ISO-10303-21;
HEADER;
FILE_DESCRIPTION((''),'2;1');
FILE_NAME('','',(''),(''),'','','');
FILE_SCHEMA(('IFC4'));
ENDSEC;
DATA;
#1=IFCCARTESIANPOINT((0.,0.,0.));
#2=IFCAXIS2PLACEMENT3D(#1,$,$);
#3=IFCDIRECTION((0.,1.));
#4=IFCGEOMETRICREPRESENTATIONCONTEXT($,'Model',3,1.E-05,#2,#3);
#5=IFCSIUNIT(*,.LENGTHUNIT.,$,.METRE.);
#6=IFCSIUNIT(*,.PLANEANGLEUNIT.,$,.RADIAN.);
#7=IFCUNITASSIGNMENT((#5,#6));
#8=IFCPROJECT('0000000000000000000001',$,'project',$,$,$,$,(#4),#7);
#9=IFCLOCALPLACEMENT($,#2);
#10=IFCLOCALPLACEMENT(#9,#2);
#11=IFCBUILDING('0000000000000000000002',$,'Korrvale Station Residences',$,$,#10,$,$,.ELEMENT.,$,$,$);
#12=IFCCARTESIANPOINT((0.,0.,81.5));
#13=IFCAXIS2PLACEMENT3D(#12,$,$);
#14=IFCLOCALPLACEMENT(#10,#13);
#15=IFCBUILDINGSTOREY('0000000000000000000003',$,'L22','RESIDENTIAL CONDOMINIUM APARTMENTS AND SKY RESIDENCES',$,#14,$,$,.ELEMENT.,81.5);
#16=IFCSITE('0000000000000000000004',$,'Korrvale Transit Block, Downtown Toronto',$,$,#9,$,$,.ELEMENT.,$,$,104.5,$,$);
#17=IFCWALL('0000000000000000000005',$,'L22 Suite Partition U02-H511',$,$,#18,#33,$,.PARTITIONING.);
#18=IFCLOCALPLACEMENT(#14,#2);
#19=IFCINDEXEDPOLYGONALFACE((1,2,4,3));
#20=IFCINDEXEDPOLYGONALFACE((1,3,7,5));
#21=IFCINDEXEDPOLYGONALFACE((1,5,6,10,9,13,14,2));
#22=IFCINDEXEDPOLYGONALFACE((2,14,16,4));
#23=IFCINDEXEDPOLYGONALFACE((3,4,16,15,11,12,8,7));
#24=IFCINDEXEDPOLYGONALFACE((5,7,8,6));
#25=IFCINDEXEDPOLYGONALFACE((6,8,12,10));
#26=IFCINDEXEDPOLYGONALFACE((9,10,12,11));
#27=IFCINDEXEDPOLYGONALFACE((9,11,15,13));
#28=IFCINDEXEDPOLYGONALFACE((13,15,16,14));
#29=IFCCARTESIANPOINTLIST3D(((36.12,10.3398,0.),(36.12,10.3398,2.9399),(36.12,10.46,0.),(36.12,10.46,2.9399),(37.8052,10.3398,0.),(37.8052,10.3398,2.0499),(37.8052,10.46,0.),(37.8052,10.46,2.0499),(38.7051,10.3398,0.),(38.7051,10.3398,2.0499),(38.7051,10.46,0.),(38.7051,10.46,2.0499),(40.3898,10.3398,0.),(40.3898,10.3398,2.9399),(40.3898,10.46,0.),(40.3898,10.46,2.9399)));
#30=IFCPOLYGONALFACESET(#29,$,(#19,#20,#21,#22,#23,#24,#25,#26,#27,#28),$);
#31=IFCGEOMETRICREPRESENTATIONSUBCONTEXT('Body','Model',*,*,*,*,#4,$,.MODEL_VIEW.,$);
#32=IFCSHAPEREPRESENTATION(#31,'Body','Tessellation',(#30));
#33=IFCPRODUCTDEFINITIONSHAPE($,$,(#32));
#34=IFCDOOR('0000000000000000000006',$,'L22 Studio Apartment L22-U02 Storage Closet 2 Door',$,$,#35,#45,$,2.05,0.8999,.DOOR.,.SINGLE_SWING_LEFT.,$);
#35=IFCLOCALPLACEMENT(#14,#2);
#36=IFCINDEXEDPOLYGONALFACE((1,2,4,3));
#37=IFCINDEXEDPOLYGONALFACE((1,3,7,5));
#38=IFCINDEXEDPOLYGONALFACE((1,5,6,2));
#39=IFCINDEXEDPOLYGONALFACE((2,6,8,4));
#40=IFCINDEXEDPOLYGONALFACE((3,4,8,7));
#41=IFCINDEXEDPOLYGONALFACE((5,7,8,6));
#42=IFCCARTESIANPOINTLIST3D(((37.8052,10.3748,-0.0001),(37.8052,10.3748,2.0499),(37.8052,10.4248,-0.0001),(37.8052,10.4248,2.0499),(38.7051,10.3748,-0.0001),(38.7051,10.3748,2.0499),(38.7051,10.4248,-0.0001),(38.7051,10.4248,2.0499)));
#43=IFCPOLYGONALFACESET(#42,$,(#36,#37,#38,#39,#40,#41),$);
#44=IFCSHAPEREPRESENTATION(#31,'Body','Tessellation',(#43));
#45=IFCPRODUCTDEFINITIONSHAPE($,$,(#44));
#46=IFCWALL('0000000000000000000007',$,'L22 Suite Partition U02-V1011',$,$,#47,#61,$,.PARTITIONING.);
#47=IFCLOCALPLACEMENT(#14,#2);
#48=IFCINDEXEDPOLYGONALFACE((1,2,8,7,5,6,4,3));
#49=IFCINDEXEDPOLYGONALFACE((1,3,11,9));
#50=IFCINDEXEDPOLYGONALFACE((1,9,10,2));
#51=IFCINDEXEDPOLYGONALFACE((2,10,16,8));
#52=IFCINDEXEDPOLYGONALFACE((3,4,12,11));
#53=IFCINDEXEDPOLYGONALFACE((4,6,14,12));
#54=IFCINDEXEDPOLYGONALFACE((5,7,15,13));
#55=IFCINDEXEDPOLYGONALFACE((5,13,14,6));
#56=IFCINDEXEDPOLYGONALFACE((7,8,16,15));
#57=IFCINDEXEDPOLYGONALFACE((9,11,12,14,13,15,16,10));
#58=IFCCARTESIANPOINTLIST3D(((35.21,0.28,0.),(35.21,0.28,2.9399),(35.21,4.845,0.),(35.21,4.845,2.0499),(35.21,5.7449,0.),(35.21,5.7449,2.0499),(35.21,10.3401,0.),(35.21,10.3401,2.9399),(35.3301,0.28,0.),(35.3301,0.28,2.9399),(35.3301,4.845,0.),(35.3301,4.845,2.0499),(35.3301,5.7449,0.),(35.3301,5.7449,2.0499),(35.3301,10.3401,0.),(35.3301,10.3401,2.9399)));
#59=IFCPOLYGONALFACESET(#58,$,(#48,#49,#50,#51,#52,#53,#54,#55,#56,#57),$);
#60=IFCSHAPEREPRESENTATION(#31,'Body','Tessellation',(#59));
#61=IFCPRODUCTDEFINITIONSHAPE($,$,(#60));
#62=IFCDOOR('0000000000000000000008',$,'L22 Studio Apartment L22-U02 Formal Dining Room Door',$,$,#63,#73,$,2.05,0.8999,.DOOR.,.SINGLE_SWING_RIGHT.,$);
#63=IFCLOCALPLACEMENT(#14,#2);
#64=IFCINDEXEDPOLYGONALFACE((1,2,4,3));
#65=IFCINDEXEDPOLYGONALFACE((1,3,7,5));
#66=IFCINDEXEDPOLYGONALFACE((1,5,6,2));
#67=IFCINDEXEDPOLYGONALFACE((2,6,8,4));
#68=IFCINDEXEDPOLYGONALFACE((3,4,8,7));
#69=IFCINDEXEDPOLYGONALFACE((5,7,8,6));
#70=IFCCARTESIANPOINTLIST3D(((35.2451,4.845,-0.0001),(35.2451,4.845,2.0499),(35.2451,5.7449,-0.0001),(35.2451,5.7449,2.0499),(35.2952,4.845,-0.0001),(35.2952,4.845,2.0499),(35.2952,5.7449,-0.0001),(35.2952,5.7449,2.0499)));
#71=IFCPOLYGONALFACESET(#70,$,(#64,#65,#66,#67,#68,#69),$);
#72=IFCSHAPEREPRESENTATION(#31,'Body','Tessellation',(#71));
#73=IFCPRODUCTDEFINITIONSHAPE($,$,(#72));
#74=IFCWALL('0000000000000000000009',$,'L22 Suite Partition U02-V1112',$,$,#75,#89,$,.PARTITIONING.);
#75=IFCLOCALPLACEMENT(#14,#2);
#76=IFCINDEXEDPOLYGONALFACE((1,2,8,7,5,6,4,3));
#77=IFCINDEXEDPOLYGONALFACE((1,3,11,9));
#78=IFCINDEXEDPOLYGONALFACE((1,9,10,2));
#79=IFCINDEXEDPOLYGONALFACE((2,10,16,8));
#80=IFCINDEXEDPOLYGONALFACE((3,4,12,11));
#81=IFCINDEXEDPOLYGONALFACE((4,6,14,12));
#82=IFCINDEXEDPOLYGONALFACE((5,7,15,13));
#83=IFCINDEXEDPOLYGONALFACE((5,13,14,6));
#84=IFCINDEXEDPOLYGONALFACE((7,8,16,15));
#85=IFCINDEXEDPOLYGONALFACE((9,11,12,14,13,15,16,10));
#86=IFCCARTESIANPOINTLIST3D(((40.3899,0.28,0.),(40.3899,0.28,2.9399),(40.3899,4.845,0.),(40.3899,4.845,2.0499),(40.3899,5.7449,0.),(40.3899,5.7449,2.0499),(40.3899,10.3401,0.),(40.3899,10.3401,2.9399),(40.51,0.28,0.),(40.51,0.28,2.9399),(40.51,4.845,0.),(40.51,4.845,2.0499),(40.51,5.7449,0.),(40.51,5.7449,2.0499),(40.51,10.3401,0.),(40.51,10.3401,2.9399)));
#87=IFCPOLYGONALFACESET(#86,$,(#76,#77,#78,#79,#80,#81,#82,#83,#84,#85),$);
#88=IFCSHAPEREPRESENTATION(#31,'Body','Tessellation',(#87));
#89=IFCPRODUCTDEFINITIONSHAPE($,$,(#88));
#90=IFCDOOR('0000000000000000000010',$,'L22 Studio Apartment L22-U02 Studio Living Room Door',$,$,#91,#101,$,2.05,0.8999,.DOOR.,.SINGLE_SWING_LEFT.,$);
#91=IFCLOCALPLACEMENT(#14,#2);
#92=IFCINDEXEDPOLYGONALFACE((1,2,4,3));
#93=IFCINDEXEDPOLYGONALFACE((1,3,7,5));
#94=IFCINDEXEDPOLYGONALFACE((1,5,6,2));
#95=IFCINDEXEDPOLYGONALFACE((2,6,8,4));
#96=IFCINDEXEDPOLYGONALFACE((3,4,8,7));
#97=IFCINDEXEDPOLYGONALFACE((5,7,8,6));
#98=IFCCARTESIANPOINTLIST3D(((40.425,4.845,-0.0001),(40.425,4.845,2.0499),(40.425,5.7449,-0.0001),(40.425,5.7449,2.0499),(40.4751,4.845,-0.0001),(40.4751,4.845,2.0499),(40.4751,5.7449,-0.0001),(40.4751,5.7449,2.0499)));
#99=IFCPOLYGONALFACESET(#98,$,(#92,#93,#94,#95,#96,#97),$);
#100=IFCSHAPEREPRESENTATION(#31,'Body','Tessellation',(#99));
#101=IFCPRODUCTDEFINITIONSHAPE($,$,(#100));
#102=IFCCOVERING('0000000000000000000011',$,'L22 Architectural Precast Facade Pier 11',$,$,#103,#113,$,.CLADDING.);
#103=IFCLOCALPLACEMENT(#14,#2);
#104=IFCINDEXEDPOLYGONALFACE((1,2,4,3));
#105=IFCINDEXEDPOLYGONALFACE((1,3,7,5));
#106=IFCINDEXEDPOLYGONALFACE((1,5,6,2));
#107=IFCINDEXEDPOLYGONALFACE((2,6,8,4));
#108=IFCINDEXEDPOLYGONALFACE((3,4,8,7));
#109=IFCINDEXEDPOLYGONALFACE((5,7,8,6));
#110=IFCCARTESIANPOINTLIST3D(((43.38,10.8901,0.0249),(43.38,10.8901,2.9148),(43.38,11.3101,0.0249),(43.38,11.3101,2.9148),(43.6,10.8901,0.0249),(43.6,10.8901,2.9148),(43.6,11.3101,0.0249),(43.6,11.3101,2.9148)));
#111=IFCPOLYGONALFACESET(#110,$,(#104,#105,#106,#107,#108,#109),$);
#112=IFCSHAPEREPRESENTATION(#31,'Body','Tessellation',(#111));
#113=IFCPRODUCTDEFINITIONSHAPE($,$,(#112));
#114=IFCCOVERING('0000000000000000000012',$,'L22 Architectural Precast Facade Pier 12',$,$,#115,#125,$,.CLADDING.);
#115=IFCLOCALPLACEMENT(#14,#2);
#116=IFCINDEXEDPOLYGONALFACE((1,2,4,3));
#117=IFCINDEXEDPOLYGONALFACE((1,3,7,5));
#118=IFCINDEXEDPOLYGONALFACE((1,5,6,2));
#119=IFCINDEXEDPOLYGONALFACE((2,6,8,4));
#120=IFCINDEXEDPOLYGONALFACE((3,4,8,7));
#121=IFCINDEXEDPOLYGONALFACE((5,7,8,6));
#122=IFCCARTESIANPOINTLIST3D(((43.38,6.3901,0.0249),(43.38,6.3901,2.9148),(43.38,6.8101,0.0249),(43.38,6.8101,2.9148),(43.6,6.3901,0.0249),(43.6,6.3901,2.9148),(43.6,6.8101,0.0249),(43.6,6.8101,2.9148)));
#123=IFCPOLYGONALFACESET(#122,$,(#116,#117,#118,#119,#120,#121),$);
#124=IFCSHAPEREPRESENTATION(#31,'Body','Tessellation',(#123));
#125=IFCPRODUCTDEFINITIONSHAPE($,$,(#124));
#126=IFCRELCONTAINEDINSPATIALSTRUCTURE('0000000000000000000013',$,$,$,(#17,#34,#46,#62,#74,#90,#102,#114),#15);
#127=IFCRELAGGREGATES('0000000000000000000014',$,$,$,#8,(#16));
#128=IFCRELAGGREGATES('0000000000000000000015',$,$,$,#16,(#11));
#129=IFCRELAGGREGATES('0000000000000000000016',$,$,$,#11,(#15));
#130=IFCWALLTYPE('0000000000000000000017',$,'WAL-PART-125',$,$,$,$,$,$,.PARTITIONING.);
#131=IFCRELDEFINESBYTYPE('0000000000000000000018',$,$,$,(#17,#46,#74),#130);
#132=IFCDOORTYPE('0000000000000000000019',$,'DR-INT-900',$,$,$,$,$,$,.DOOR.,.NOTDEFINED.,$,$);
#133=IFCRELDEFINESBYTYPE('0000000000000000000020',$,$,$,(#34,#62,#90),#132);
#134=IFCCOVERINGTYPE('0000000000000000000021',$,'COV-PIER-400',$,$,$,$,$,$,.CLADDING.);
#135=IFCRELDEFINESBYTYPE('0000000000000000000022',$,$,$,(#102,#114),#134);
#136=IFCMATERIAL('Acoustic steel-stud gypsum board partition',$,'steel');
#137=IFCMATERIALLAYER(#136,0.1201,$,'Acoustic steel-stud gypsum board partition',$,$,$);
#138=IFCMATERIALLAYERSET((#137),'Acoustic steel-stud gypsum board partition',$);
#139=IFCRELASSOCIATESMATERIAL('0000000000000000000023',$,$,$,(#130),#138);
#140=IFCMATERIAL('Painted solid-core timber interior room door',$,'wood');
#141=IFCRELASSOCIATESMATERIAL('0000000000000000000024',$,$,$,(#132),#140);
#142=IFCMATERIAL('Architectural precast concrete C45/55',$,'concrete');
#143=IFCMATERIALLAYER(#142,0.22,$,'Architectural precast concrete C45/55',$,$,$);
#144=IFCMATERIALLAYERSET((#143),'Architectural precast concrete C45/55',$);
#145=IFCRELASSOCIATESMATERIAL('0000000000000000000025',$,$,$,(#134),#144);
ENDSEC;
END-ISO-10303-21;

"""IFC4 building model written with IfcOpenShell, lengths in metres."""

from ifc_helpers import new_model, si_unit, direction, frame, frame_2d, origin, origin_2d, place, context, subcontext, project, spatial, rectangle, extrude, material, layer, layer_set, type_object, element, fill, save


model = new_model("IFC4")

# Units and contexts
model_context = context("Model", 3, precision=1e-05, world=origin(), true_north=direction((0.0, 1.0)))
body_context = subcontext(model_context, "Body", "Model", "MODEL_VIEW")
ifc_project = project(units=[si_unit("LENGTHUNIT", "METRE"), si_unit("PLANEANGLEUNIT", "RADIAN")], contexts=[model_context])

# Site, building, storey
site_placement = place(None, origin())
site = spatial("IfcSite", under=ifc_project, at=site_placement, Name="Korrvale Transit Block, Downtown Toronto", CompositionType="ELEMENT", RefElevation=104.5)
building_placement = place(site_placement, origin())
building = spatial("IfcBuilding", under=site, at=building_placement, Name="Korrvale Station Residences", CompositionType="ELEMENT")
storey_placement = place(building_placement, frame((0.0, 0.0, 81.5)))
storey = spatial("IfcBuildingStorey", under=building, at=storey_placement, Name="L22", Description="RESIDENTIAL CONDOMINIUM APARTMENTS AND SKY RESIDENCES", CompositionType="ELEMENT", Elevation=81.5)

# Shared definitions
ifc_material_1 = material(Name="Acoustic steel-stud gypsum board partition", Category="steel")
ifc_layer_1 = layer(ifc_material_1, 0.1201, Name="Acoustic steel-stud gypsum board partition")
ifc_layer_set_1 = layer_set([ifc_layer_1], Name="Acoustic steel-stud gypsum board partition")
wall_type_1 = type_object("IfcWallType", Name="WAL-PART-125", PredefinedType="PARTITIONING", material=ifc_layer_set_1)
ifc_material_2 = material(Name="Painted solid-core timber interior room door", Category="wood")
door_type = type_object("IfcDoorType", Name="DR-INT-900", OperationType="NOTDEFINED", PredefinedType="DOOR", material=ifc_material_2)

# Walls, openings, doors
wall_1_placement = place(storey_placement, frame((36.1201, 10.3999, 0.0), z_axis=(0.0, 0.0, 1.0), x_axis=(1.0, 0.0, 0.0)))
wall_1 = element("IfcWall", 1, at=wall_1_placement, inside=storey, type_object=wall_type_1, Name="L22 Suite Partition U02-H511", PredefinedType="PARTITIONING", context=body_context, shape_type="SweptSolid", body=[
    extrude(rectangle(XDim=4.2698, YDim=0.1201, at=frame_2d((2.1348, 0.0))), origin(), (0.0, 0.0, 1.0), 2.9399),
])
opening_1_placement = place(wall_1_placement, frame((1.6851, 0.0, 0.0)))
opening_1 = element("IfcOpeningElement", 2, at=opening_1_placement, cuts=wall_1, PredefinedType="OPENING", context=body_context, shape_type="SweptSolid", body=[
    extrude(rectangle(XDim=0.8999, YDim=2.05, at=frame_2d((0.45, 1.0249))), frame((0.0, 0.0701, 0.0), z_axis=(0.0, -1.0, 0.0), x_axis=(1.0, 0.0, 0.0)), (0.0, 0.0, 1.0), 0.1401),
])
door_1_placement = place(opening_1_placement, origin())
door_1 = element("IfcDoor", 3, at=door_1_placement, inside=storey, type_object=door_type, Name="L22 Studio Apartment L22-U02 Storage Closet 2 Door", OperationType="SINGLE_SWING_LEFT", OverallHeight=2.05, OverallWidth=0.8999, PredefinedType="DOOR", context=body_context, shape_type="SweptSolid", body=[
    extrude(rectangle(XDim=0.8999, YDim=2.05, at=frame_2d((0.45, 1.0249))), frame((0.0, 0.0249, 0.0), z_axis=(0.0, -1.0, 0.0), x_axis=(1.0, 0.0, 0.0)), (0.0, 0.0, 1.0), 0.05),
])
fill(opening_1, door_1)
wall_2_placement = place(storey_placement, frame((35.27, 0.28, 0.0), z_axis=(0.0, 0.0, 1.0), x_axis=(0.0, 1.0, 0.0)))
wall_2 = element("IfcWall", 4, at=wall_2_placement, inside=storey, type_object=wall_type_1, Name="L22 Suite Partition U02-V1011", PredefinedType="PARTITIONING", context=body_context, shape_type="SweptSolid", body=[
    extrude(rectangle(XDim=10.0601, YDim=0.1201, at=frame_2d((5.03, 0.0))), origin(), (0.0, 0.0, 1.0), 2.9399),
])
opening_2_placement = place(wall_2_placement, frame((4.5649, 0.0, 0.0)))
opening_2 = element("IfcOpeningElement", 5, at=opening_2_placement, cuts=wall_2, PredefinedType="OPENING", context=body_context, shape_type="SweptSolid", body=[
    extrude(rectangle(XDim=0.8999, YDim=2.05, at=frame_2d((0.45, 1.0249))), frame((0.0, 0.0701, 0.0), z_axis=(0.0, -1.0, 0.0), x_axis=(1.0, 0.0, 0.0)), (0.0, 0.0, 1.0), 0.1401),
])
door_2_placement = place(opening_2_placement, origin())
door_2 = element("IfcDoor", 6, at=door_2_placement, inside=storey, type_object=door_type, Name="L22 Studio Apartment L22-U02 Formal Dining Room Door", OperationType="SINGLE_SWING_RIGHT", OverallHeight=2.05, OverallWidth=0.8999, PredefinedType="DOOR", context=body_context, shape_type="SweptSolid", body=[
    extrude(rectangle(XDim=0.8999, YDim=2.05, at=frame_2d((0.45, 1.0249))), frame((0.0, 0.0249, 0.0), z_axis=(0.0, -1.0, 0.0), x_axis=(1.0, 0.0, 0.0)), (0.0, 0.0, 1.0), 0.05),
])
fill(opening_2, door_2)
wall_3_placement = place(storey_placement, frame((40.45, 0.28, 0.0), z_axis=(0.0, 0.0, 1.0), x_axis=(0.0, 1.0, 0.0)))
wall_3 = element("IfcWall", 7, at=wall_3_placement, inside=storey, type_object=wall_type_1, Name="L22 Suite Partition U02-V1112", PredefinedType="PARTITIONING", context=body_context, shape_type="SweptSolid", body=[
    extrude(rectangle(XDim=10.0601, YDim=0.1201, at=frame_2d((5.03, 0.0))), origin(), (0.0, 0.0, 1.0), 2.9399),
])
opening_3_placement = place(wall_3_placement, frame((4.5649, 0.0, 0.0)))
opening_3 = element("IfcOpeningElement", 8, at=opening_3_placement, cuts=wall_3, PredefinedType="OPENING", context=body_context, shape_type="SweptSolid", body=[
    extrude(rectangle(XDim=0.8999, YDim=2.05, at=frame_2d((0.45, 1.0249))), frame((0.0, 0.0701, 0.0), z_axis=(0.0, -1.0, 0.0), x_axis=(1.0, 0.0, 0.0)), (0.0, 0.0, 1.0), 0.1401),
])
door_3_placement = place(opening_3_placement, origin())
door_3 = element("IfcDoor", 9, at=door_3_placement, inside=storey, type_object=door_type, Name="L22 Studio Apartment L22-U02 Studio Living Room Door", OperationType="SINGLE_SWING_LEFT", OverallHeight=2.05, OverallWidth=0.8999, PredefinedType="DOOR", context=body_context, shape_type="SweptSolid", body=[
    extrude(rectangle(XDim=0.8999, YDim=2.05, at=frame_2d((0.45, 1.0249))), frame((0.0, 0.0249, 0.0), z_axis=(0.0, -1.0, 0.0), x_axis=(1.0, 0.0, 0.0)), (0.0, 0.0, 1.0), 0.05),
])
fill(opening_3, door_3)

# Coverings
ifc_material_3 = material(Name="Architectural precast concrete C45/55", Category="concrete")
ifc_layer_2 = layer(ifc_material_3, 0.22, Name="Architectural precast concrete C45/55")
ifc_layer_set_2 = layer_set([ifc_layer_2], Name="Architectural precast concrete C45/55")
covering_type = type_object("IfcCoveringType", Name="COV-PIER-400", PredefinedType="CLADDING", material=ifc_layer_set_2)
for number, where, z_axis, x_axis, name in (
    (10, (43.49, 11.1001, 0.0249), (0.0, 0.0, 1.0), (0.0, 1.0, 0.0), "L22 Architectural Precast Facade Pier 11"),
    (11, (43.49, 6.6001, 0.0249), (0.0, 0.0, 1.0), (0.0, 1.0, 0.0), "L22 Architectural Precast Facade Pier 12"),
):
    element("IfcCovering", number, at=place(storey_placement, frame(where, z_axis=z_axis, x_axis=x_axis)), inside=storey, type_object=covering_type, Name=name, PredefinedType="CLADDING", context=body_context, shape_type="SweptSolid", body=[
        extrude(rectangle(XDim=0.4199, YDim=0.22, at=origin_2d()), origin(), (0.0, 0.0, 1.0), 2.8899),
    ])

save(model, "model.ifc")
